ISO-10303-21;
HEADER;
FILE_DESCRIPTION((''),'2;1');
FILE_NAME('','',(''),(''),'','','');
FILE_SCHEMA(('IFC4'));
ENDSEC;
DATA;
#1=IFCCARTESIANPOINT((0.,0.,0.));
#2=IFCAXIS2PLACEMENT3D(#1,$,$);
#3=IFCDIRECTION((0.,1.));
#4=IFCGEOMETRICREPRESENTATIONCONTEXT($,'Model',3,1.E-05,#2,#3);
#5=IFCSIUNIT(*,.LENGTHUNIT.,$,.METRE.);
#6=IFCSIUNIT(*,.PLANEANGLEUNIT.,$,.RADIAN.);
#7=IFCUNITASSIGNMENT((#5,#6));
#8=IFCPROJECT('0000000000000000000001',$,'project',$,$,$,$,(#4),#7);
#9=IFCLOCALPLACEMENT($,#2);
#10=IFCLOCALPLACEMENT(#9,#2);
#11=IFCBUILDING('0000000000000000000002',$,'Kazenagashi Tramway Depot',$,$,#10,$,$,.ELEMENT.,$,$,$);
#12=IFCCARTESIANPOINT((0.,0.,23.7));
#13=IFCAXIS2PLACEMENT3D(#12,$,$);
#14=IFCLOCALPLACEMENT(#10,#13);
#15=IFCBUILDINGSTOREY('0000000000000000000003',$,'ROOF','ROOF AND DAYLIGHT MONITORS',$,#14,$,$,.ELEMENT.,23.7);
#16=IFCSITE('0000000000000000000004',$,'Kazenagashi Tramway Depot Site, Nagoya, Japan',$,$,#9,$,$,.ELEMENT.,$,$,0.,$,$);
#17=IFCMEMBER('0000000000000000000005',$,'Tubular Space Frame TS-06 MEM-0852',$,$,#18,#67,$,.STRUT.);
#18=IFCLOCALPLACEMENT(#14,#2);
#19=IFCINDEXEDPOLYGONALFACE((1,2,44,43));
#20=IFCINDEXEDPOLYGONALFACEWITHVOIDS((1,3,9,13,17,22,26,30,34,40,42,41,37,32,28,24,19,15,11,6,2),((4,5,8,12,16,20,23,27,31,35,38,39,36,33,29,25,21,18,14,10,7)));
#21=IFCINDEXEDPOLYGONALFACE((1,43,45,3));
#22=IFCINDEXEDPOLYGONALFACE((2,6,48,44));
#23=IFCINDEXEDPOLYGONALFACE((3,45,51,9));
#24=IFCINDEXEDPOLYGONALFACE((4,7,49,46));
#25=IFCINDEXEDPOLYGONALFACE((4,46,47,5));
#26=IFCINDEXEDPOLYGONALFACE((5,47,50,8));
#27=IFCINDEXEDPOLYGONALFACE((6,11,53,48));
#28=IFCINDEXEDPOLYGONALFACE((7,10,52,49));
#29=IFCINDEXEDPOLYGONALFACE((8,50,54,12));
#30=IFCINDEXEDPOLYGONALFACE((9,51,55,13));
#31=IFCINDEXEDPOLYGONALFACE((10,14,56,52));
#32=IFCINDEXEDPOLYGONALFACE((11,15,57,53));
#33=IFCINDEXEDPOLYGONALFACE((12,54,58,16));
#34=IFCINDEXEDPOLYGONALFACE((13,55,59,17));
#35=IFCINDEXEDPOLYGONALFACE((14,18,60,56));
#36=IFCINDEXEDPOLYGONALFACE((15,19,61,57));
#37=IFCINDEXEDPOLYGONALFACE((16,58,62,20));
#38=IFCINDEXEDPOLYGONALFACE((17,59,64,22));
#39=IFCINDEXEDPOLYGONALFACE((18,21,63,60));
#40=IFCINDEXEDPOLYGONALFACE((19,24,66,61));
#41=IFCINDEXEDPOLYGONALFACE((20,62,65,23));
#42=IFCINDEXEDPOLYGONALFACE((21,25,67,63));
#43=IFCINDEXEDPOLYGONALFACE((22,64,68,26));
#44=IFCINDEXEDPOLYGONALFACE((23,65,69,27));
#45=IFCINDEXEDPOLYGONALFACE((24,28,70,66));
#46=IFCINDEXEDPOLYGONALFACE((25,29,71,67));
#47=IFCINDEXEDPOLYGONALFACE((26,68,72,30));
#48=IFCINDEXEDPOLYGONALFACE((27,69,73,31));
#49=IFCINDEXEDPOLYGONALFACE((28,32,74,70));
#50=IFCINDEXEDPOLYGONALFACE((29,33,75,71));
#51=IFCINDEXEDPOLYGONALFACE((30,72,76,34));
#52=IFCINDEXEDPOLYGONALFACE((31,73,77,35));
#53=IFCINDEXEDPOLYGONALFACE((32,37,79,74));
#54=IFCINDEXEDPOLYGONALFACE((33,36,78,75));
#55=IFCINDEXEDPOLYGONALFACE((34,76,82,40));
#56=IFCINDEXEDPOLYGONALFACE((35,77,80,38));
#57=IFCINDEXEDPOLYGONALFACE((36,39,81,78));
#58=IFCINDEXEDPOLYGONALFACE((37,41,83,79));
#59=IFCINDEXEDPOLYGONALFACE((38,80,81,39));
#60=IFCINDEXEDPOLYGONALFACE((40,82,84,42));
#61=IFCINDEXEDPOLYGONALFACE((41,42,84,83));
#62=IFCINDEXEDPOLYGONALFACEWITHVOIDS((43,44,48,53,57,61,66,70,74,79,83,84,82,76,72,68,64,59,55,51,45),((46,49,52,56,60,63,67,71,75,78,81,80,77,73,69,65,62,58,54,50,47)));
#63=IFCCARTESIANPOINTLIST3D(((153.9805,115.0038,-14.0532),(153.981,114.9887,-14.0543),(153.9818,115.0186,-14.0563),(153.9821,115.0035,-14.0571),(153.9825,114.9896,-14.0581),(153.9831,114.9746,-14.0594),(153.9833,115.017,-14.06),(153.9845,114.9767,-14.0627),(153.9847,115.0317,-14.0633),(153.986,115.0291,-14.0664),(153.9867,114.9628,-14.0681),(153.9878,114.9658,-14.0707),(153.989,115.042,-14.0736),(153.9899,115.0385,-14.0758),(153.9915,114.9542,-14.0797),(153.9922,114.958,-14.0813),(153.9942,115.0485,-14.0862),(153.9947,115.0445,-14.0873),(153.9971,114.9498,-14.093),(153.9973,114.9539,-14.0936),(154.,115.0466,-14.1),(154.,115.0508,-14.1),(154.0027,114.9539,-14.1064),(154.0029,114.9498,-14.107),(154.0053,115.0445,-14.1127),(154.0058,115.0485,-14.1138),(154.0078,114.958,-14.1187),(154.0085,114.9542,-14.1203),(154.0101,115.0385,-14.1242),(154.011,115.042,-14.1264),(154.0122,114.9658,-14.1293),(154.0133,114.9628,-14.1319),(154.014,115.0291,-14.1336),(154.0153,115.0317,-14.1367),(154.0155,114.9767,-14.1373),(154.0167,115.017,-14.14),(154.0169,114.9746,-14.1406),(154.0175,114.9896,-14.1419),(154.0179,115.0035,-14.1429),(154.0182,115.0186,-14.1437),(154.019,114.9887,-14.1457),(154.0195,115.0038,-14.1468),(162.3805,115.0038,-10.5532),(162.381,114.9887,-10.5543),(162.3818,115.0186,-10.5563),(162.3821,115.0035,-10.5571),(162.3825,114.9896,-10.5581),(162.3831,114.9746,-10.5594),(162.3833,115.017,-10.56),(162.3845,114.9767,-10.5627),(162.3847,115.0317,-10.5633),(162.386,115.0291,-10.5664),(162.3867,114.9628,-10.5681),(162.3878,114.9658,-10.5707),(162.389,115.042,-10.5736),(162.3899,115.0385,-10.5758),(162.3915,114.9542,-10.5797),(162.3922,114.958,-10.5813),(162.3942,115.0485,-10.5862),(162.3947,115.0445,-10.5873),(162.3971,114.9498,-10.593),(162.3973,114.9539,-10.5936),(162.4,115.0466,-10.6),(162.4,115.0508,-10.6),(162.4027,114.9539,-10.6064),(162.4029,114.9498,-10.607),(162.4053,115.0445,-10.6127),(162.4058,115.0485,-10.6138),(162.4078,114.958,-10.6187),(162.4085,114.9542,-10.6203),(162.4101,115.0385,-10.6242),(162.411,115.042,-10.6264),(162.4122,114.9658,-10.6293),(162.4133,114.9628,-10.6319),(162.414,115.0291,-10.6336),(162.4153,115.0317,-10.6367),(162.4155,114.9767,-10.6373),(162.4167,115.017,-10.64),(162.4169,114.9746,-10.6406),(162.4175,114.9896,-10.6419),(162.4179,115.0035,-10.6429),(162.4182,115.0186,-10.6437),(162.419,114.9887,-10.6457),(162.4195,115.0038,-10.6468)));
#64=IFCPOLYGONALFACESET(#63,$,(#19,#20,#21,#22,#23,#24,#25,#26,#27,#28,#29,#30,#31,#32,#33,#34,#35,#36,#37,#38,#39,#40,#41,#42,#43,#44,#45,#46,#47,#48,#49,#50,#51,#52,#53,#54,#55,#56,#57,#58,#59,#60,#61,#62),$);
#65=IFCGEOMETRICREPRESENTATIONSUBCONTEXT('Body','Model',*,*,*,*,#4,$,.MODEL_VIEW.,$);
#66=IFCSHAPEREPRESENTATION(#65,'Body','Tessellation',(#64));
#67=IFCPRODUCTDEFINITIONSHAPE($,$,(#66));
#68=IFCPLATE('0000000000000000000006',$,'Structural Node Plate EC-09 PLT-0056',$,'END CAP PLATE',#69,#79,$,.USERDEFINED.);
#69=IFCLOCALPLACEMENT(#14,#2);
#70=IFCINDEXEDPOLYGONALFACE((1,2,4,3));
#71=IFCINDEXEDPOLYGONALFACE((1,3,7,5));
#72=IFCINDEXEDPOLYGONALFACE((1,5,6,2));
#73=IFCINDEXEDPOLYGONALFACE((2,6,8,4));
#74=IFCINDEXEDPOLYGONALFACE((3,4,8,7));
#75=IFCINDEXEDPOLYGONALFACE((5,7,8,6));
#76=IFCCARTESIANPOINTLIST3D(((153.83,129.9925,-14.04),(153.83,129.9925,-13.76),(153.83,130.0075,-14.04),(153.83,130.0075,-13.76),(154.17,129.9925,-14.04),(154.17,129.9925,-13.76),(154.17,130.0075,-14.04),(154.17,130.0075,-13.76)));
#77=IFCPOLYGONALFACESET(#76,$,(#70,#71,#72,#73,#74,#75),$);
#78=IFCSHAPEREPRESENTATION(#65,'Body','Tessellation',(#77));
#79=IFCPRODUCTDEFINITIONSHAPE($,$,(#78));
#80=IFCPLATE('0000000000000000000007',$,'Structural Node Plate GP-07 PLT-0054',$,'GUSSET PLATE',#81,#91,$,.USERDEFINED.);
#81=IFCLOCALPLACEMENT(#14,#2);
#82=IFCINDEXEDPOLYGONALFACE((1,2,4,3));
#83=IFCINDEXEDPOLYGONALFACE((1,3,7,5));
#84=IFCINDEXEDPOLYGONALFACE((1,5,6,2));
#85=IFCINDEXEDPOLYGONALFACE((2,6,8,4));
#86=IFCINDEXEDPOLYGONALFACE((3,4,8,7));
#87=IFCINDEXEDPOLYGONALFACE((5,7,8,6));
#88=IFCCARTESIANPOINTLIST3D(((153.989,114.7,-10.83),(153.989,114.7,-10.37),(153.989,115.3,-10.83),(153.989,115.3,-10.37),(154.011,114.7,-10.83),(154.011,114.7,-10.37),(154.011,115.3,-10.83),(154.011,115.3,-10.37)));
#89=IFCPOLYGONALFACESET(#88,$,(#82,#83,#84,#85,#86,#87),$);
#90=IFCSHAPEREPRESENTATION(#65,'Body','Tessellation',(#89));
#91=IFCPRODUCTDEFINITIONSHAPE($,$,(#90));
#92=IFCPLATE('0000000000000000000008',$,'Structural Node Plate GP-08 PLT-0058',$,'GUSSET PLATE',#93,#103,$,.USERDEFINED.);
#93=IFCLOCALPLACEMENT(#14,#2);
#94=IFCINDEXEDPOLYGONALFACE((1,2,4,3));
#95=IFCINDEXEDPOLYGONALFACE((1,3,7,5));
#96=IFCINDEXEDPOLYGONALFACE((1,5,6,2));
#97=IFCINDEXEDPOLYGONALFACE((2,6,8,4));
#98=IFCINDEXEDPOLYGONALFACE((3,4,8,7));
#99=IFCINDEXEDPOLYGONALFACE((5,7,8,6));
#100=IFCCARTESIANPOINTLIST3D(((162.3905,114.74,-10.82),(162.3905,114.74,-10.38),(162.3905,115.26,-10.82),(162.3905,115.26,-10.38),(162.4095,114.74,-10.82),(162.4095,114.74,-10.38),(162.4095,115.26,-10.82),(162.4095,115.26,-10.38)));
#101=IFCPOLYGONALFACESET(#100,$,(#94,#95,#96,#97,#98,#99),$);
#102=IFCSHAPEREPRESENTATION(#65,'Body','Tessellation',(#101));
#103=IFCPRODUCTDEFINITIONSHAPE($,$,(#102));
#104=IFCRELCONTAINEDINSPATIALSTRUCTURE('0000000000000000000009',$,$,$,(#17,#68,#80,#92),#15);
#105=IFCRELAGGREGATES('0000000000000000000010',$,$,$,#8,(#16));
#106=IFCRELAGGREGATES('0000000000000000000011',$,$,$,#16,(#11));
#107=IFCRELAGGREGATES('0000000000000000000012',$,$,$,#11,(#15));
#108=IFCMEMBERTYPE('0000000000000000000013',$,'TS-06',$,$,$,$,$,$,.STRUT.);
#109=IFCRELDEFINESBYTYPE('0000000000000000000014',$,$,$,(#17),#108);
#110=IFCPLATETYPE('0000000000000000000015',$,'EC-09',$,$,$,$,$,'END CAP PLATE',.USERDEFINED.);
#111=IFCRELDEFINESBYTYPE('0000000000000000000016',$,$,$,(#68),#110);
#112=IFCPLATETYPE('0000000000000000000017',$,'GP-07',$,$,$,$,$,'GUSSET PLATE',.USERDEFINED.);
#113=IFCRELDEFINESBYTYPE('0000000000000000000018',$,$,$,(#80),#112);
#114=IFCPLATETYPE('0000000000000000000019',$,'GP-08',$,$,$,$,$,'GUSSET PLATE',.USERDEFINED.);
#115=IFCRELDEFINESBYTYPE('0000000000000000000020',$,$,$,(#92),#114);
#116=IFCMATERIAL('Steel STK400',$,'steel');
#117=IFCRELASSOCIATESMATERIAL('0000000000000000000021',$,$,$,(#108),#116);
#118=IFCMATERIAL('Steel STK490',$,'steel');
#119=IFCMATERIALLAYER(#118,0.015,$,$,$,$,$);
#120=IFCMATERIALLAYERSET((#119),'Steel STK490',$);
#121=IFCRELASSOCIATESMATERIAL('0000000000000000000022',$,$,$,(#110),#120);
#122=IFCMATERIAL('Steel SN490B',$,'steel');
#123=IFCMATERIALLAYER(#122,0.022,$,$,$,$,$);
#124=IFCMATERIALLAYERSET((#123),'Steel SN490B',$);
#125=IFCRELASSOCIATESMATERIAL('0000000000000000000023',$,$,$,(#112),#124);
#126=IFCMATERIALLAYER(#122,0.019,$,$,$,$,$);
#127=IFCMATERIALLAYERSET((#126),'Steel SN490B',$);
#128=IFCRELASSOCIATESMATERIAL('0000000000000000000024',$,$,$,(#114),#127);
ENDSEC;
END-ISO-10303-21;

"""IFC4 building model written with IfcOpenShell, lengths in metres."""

from ifc_helpers import new_model, si_unit, direction, frame, origin, origin_2d, place, context, subcontext, project, spatial, rectangle, hollow_circle, extrude, material, layer, layer_set, material_profile, profile_set, type_object, element, save


model = new_model("IFC4")

# Units and contexts
model_context = context("Model", 3, precision=1e-05, world=origin(), true_north=direction((0.0, 1.0)))
body_context = subcontext(model_context, "Body", "Model", "MODEL_VIEW")
ifc_project = project(units=[si_unit("LENGTHUNIT", "METRE"), si_unit("PLANEANGLEUNIT", "RADIAN")], contexts=[model_context])

# Site, building, storey
site_placement = place(None, origin())
site = spatial("IfcSite", under=ifc_project, at=site_placement, Name="Kazenagashi Tramway Depot Site, Nagoya, Japan", CompositionType="ELEMENT", RefElevation=0.0)
building_placement = place(site_placement, origin())
building = spatial("IfcBuilding", under=site, at=building_placement, Name="Kazenagashi Tramway Depot", CompositionType="ELEMENT")
storey_placement = place(building_placement, frame((0.0, 0.0, 23.7)))
storey = spatial("IfcBuildingStorey", under=building, at=storey_placement, Name="ROOF", Description="ROOF AND DAYLIGHT MONITORS", CompositionType="ELEMENT", Elevation=23.7)

# Member
ifc_material_1 = material(Name="Steel STK490", Category="steel")
ifc_material_2 = material(Name="Steel STK400", Category="steel")
ifc_material_profile_1 = material_profile(ifc_material_2, hollow_circle(Radius=0.0508, WallThickness=0.0042, at=origin_2d()), Name="CHS-101.6x4.2")
ifc_profile_set_1 = profile_set([ifc_material_profile_1], Name="Steel STK400")
member_type_1 = type_object("IfcMemberType", Name="TS-06", PredefinedType="STRUT", material=ifc_profile_set_1)
member_1_placement = place(storey_placement, frame((154.0, 115.0, -14.1), z_axis=(0.923077, 0.0, 0.384615), x_axis=(0.0, 1.0, 0.0)))
element("IfcMember", 1, at=member_1_placement, inside=storey, type_object=member_type_1, Name="Tubular Space Frame TS-06 MEM-0852", PredefinedType="STRUT", context=body_context, shape_type="SweptSolid", body=[
    extrude(hollow_circle(Radius=0.0508, WallThickness=0.0042, at=origin_2d()), origin(), (0.0, 0.0, 1.0), 9.1),
])

# Plates
ifc_layer_1 = layer(ifc_material_1, 0.015)
ifc_layer_set_1 = layer_set([ifc_layer_1], Name="Steel STK490")
plate_type_1 = type_object("IfcPlateType", Name="EC-09", ElementType="END CAP PLATE", PredefinedType="USERDEFINED", material=ifc_layer_set_1)
plate_1_placement = place(storey_placement, frame((154.0, 130.0, -14.04), z_axis=(0.0, 0.0, 1.0), x_axis=(1.0, 0.0, 0.0)))
element("IfcPlate", 2, at=plate_1_placement, inside=storey, type_object=plate_type_1, Name="Structural Node Plate EC-09 PLT-0056", ObjectType="END CAP PLATE", PredefinedType="USERDEFINED", context=body_context, shape_type="SweptSolid", body=[
    extrude(rectangle(XDim=0.34, YDim=0.015, at=origin_2d()), origin(), (0.0, 0.0, 1.0), 0.28),
])
ifc_material_3 = material(Name="Steel SN490B", Category="steel")
ifc_layer_2 = layer(ifc_material_3, 0.022)
ifc_layer_set_2 = layer_set([ifc_layer_2], Name="Steel SN490B")
plate_type_2 = type_object("IfcPlateType", Name="GP-07", ElementType="GUSSET PLATE", PredefinedType="USERDEFINED", material=ifc_layer_set_2)
plate_2_placement = place(storey_placement, frame((154.0, 115.0, -10.83), z_axis=(0.0, 0.0, 1.0), x_axis=(0.0, 1.0, 0.0)))
element("IfcPlate", 3, at=plate_2_placement, inside=storey, type_object=plate_type_2, Name="Structural Node Plate GP-07 PLT-0054", ObjectType="GUSSET PLATE", PredefinedType="USERDEFINED", context=body_context, shape_type="SweptSolid", body=[
    extrude(rectangle(XDim=0.6, YDim=0.022, at=origin_2d()), origin(), (0.0, 0.0, 1.0), 0.46),
])
ifc_layer_3 = layer(ifc_material_3, 0.019)
ifc_layer_set_3 = layer_set([ifc_layer_3], Name="Steel SN490B")
plate_type_3 = type_object("IfcPlateType", Name="GP-08", ElementType="GUSSET PLATE", PredefinedType="USERDEFINED", material=ifc_layer_set_3)
plate_3_placement = place(storey_placement, frame((162.4, 115.0, -10.82), z_axis=(0.0, 0.0, 1.0), x_axis=(0.0, 1.0, 0.0)))
element("IfcPlate", 4, at=plate_3_placement, inside=storey, type_object=plate_type_3, Name="Structural Node Plate GP-08 PLT-0058", ObjectType="GUSSET PLATE", PredefinedType="USERDEFINED", context=body_context, shape_type="SweptSolid", body=[
    extrude(rectangle(XDim=0.52, YDim=0.019, at=origin_2d()), origin(), (0.0, 0.0, 1.0), 0.44),
])

save(model, "model.ifc")
